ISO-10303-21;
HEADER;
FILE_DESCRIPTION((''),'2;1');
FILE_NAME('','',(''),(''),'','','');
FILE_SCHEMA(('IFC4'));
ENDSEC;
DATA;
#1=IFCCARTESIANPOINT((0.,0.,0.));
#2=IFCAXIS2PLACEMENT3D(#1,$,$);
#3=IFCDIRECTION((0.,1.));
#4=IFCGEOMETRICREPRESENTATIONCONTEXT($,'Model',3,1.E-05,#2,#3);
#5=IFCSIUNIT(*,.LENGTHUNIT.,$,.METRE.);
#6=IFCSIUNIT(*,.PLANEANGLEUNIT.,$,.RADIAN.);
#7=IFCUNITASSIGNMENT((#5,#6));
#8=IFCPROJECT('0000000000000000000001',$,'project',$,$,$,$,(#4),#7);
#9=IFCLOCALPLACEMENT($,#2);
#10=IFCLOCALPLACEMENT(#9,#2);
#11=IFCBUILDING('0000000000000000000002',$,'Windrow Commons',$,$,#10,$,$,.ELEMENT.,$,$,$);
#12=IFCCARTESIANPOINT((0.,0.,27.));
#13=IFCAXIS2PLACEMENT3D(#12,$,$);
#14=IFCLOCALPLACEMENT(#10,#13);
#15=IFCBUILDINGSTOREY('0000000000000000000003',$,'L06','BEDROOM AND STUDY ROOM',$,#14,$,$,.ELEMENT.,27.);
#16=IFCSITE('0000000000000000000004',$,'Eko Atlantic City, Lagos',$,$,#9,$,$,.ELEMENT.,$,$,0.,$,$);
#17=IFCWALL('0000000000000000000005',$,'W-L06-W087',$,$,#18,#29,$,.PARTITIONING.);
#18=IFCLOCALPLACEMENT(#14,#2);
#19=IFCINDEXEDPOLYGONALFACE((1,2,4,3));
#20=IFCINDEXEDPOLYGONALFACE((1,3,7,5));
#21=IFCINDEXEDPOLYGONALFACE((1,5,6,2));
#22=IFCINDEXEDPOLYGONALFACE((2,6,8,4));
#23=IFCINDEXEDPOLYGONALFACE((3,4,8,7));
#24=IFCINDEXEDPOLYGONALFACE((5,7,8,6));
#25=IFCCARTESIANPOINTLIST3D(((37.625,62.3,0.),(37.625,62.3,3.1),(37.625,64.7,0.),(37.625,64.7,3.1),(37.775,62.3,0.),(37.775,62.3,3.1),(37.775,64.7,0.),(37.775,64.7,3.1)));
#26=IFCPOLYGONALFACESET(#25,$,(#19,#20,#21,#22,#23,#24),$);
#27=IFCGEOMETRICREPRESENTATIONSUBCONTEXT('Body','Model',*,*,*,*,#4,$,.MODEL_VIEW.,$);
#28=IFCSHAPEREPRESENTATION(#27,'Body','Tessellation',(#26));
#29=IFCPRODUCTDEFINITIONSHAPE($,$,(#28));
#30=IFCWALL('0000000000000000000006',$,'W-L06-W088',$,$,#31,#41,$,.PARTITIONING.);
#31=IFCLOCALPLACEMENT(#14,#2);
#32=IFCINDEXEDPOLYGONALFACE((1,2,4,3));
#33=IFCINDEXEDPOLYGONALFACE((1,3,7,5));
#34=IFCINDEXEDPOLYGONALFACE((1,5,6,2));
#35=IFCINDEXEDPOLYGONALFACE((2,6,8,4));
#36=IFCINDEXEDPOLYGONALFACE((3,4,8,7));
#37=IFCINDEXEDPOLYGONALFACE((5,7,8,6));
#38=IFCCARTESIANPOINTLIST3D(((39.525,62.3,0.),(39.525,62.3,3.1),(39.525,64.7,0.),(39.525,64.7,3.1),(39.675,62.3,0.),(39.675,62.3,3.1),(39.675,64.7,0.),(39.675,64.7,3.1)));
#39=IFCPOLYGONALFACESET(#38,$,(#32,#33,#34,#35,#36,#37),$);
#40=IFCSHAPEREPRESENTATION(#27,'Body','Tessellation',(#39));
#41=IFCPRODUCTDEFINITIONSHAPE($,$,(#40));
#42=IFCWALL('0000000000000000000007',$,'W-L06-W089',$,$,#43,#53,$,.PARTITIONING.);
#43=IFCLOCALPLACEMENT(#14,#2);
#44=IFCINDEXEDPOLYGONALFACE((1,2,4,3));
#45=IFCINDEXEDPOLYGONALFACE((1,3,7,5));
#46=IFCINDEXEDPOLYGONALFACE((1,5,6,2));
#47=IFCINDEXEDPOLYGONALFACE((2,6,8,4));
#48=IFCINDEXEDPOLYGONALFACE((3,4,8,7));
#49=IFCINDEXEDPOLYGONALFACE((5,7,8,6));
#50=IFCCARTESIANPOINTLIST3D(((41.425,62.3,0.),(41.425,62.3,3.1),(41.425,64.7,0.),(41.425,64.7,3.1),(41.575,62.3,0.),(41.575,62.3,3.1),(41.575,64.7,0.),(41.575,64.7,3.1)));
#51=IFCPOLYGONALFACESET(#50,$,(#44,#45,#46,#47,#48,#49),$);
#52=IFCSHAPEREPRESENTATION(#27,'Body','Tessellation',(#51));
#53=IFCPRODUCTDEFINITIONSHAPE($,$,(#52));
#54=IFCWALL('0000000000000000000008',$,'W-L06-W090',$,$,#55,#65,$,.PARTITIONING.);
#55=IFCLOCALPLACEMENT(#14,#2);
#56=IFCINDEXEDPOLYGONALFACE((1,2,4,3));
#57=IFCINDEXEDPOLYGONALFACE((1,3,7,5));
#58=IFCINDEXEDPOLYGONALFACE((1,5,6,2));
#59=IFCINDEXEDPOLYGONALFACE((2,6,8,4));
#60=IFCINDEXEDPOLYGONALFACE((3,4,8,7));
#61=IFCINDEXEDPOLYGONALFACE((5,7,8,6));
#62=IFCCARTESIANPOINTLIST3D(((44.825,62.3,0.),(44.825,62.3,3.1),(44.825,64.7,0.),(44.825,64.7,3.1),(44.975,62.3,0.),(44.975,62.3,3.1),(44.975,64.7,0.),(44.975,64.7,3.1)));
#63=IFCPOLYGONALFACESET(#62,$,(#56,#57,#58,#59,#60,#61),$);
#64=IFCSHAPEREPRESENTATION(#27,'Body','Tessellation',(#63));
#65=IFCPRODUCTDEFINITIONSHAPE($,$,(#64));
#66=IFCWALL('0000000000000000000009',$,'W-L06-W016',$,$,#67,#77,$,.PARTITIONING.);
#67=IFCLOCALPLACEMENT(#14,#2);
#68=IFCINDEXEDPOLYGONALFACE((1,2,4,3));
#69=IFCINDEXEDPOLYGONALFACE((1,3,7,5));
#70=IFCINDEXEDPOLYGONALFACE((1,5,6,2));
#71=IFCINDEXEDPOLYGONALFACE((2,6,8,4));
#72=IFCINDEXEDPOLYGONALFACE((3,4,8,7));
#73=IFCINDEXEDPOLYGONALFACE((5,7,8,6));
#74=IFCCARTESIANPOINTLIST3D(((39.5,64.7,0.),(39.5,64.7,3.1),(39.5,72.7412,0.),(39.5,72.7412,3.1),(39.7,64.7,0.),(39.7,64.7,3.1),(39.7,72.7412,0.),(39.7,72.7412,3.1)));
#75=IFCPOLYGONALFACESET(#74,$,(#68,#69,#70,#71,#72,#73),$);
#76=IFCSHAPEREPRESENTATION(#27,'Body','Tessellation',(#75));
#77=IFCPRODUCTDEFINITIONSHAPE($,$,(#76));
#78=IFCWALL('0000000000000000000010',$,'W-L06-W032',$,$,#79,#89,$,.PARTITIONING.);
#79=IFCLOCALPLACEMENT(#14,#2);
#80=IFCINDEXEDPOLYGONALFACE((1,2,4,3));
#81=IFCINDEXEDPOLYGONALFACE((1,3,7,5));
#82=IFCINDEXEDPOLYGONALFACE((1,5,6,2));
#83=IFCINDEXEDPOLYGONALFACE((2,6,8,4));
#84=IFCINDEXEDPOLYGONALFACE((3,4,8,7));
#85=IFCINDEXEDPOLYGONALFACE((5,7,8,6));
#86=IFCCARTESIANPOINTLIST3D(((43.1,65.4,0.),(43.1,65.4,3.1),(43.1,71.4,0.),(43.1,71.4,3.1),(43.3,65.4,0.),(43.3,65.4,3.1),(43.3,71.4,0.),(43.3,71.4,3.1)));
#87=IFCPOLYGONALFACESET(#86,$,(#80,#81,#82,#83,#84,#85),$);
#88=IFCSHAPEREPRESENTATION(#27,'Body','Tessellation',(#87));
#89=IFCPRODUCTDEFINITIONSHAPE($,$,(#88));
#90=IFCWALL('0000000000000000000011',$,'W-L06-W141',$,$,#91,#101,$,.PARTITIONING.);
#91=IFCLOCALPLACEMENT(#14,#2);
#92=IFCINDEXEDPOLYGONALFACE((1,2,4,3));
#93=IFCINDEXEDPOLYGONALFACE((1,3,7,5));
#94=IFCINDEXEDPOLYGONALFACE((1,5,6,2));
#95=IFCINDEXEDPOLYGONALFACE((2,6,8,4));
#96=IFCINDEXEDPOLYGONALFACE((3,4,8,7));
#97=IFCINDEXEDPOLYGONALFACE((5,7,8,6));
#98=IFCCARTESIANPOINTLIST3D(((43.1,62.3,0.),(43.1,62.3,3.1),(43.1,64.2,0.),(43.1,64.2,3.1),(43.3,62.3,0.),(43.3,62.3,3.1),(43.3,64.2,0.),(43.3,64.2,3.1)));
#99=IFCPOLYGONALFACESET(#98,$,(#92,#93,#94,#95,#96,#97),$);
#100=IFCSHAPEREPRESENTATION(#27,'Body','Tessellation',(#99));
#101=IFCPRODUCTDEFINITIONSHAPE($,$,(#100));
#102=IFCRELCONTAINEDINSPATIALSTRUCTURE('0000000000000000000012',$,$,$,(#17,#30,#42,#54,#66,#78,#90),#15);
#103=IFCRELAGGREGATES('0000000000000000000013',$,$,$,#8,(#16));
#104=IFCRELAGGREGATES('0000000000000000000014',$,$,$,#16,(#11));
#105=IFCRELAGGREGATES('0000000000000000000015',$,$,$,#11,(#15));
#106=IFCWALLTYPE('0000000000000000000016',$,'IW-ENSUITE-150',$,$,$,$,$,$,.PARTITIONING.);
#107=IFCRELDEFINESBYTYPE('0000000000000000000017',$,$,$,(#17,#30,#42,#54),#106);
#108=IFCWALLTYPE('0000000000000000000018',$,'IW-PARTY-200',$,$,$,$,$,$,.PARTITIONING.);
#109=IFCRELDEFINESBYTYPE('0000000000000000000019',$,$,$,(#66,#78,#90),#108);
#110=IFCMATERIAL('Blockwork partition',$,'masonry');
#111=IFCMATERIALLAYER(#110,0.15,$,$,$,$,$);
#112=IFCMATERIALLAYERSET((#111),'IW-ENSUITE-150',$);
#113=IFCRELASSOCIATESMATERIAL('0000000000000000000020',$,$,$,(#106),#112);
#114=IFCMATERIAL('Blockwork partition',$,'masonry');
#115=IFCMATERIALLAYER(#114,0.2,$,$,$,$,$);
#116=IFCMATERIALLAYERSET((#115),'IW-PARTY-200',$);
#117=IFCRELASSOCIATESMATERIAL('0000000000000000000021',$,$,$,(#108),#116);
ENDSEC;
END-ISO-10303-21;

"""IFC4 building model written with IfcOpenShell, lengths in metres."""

from ifc_helpers import new_model, si_unit, direction, frame, frame_2d, origin, place, context, subcontext, project, spatial, rectangle, extrude, material, layer, layer_set, type_object, element, save


model = new_model("IFC4")

# Units and contexts
model_context = context("Model", 3, precision=1e-05, world=origin(), true_north=direction((0.0, 1.0)))
body_context = subcontext(model_context, "Body", "Model", "MODEL_VIEW")
ifc_project = project(units=[si_unit("LENGTHUNIT", "METRE"), si_unit("PLANEANGLEUNIT", "RADIAN")], contexts=[model_context])

# Site, building, storey
site_placement = place(None, origin())
site = spatial("IfcSite", under=ifc_project, at=site_placement, Name="Eko Atlantic City, Lagos", CompositionType="ELEMENT", RefElevation=0.0)
building_placement = place(site_placement, origin())
building = spatial("IfcBuilding", under=site, at=building_placement, Name="Windrow Commons", CompositionType="ELEMENT")
storey_placement = place(building_placement, frame((0.0, 0.0, 27.0)))
storey = spatial("IfcBuildingStorey", under=building, at=storey_placement, Name="L06", Description="BEDROOM AND STUDY ROOM", CompositionType="ELEMENT", Elevation=27.0)

# Shared definitions
ifc_material_1 = material(Name="Blockwork partition", Category="masonry")
ifc_layer_1 = layer(ifc_material_1, 0.15)
ifc_layer_set_1 = layer_set([ifc_layer_1], Name="IW-ENSUITE-150")
wall_type_1 = type_object("IfcWallType", Name="IW-ENSUITE-150", PredefinedType="PARTITIONING", material=ifc_layer_set_1)

# Walls
for number, where, z_axis, x_axis, name in (
    (1, (37.7, 62.3, 0.0), (0.0, 0.0, 1.0), (0.0, 1.0, 0.0), "W-L06-W087"),
    (2, (39.6, 62.3, 0.0), (0.0, 0.0, 1.0), (0.0, 1.0, 0.0), "W-L06-W088"),
    (3, (41.5, 62.3, 0.0), (0.0, 0.0, 1.0), (0.0, 1.0, 0.0), "W-L06-W089"),
    (4, (44.9, 62.3, 0.0), (0.0, 0.0, 1.0), (0.0, 1.0, 0.0), "W-L06-W090"),
):
    element("IfcWall", number, at=place(storey_placement, frame(where, z_axis=z_axis, x_axis=x_axis)), inside=storey, type_object=wall_type_1, Name=name, PredefinedType="PARTITIONING", context=body_context, shape_type="SweptSolid", body=[
        extrude(rectangle(XDim=2.4, YDim=0.15, at=frame_2d((1.2, 0.0))), origin(), (0.0, 0.0, 1.0), 3.1),
    ])
ifc_material_2 = material(Name="Blockwork partition", Category="masonry")
ifc_layer_2 = layer(ifc_material_2, 0.2)
ifc_layer_set_2 = layer_set([ifc_layer_2], Name="IW-PARTY-200")
wall_type_2 = type_object("IfcWallType", Name="IW-PARTY-200", PredefinedType="PARTITIONING", material=ifc_layer_set_2)
wall_1_placement = place(storey_placement, frame((39.6, 64.7, 0.0), z_axis=(0.0, 0.0, 1.0), x_axis=(0.0, 1.0, 0.0)))
element("IfcWall", 5, at=wall_1_placement, inside=storey, type_object=wall_type_2, Name="W-L06-W016", PredefinedType="PARTITIONING", context=body_context, shape_type="SweptSolid", body=[
    extrude(rectangle(XDim=8.0411, YDim=0.2, at=frame_2d((4.0206, 0.0))), origin(), (0.0, 0.0, 1.0), 3.1),
])
wall_2_placement = place(storey_placement, frame((43.2, 65.4, 0.0), z_axis=(0.0, 0.0, 1.0), x_axis=(0.0, 1.0, 0.0)))
element("IfcWall", 6, at=wall_2_placement, inside=storey, type_object=wall_type_2, Name="W-L06-W032", PredefinedType="PARTITIONING", context=body_context, shape_type="SweptSolid", body=[
    extrude(rectangle(XDim=6.0, YDim=0.2, at=frame_2d((3.0, 0.0))), origin(), (0.0, 0.0, 1.0), 3.1),
])
wall_3_placement = place(storey_placement, frame((43.2, 62.3, 0.0), z_axis=(0.0, 0.0, 1.0), x_axis=(0.0, 1.0, 0.0)))
element("IfcWall", 7, at=wall_3_placement, inside=storey, type_object=wall_type_2, Name="W-L06-W141", PredefinedType="PARTITIONING", context=body_context, shape_type="SweptSolid", body=[
    extrude(rectangle(XDim=1.9, YDim=0.2, at=frame_2d((0.95, 0.0))), origin(), (0.0, 0.0, 1.0), 3.1),
])

save(model, "model.ifc")
